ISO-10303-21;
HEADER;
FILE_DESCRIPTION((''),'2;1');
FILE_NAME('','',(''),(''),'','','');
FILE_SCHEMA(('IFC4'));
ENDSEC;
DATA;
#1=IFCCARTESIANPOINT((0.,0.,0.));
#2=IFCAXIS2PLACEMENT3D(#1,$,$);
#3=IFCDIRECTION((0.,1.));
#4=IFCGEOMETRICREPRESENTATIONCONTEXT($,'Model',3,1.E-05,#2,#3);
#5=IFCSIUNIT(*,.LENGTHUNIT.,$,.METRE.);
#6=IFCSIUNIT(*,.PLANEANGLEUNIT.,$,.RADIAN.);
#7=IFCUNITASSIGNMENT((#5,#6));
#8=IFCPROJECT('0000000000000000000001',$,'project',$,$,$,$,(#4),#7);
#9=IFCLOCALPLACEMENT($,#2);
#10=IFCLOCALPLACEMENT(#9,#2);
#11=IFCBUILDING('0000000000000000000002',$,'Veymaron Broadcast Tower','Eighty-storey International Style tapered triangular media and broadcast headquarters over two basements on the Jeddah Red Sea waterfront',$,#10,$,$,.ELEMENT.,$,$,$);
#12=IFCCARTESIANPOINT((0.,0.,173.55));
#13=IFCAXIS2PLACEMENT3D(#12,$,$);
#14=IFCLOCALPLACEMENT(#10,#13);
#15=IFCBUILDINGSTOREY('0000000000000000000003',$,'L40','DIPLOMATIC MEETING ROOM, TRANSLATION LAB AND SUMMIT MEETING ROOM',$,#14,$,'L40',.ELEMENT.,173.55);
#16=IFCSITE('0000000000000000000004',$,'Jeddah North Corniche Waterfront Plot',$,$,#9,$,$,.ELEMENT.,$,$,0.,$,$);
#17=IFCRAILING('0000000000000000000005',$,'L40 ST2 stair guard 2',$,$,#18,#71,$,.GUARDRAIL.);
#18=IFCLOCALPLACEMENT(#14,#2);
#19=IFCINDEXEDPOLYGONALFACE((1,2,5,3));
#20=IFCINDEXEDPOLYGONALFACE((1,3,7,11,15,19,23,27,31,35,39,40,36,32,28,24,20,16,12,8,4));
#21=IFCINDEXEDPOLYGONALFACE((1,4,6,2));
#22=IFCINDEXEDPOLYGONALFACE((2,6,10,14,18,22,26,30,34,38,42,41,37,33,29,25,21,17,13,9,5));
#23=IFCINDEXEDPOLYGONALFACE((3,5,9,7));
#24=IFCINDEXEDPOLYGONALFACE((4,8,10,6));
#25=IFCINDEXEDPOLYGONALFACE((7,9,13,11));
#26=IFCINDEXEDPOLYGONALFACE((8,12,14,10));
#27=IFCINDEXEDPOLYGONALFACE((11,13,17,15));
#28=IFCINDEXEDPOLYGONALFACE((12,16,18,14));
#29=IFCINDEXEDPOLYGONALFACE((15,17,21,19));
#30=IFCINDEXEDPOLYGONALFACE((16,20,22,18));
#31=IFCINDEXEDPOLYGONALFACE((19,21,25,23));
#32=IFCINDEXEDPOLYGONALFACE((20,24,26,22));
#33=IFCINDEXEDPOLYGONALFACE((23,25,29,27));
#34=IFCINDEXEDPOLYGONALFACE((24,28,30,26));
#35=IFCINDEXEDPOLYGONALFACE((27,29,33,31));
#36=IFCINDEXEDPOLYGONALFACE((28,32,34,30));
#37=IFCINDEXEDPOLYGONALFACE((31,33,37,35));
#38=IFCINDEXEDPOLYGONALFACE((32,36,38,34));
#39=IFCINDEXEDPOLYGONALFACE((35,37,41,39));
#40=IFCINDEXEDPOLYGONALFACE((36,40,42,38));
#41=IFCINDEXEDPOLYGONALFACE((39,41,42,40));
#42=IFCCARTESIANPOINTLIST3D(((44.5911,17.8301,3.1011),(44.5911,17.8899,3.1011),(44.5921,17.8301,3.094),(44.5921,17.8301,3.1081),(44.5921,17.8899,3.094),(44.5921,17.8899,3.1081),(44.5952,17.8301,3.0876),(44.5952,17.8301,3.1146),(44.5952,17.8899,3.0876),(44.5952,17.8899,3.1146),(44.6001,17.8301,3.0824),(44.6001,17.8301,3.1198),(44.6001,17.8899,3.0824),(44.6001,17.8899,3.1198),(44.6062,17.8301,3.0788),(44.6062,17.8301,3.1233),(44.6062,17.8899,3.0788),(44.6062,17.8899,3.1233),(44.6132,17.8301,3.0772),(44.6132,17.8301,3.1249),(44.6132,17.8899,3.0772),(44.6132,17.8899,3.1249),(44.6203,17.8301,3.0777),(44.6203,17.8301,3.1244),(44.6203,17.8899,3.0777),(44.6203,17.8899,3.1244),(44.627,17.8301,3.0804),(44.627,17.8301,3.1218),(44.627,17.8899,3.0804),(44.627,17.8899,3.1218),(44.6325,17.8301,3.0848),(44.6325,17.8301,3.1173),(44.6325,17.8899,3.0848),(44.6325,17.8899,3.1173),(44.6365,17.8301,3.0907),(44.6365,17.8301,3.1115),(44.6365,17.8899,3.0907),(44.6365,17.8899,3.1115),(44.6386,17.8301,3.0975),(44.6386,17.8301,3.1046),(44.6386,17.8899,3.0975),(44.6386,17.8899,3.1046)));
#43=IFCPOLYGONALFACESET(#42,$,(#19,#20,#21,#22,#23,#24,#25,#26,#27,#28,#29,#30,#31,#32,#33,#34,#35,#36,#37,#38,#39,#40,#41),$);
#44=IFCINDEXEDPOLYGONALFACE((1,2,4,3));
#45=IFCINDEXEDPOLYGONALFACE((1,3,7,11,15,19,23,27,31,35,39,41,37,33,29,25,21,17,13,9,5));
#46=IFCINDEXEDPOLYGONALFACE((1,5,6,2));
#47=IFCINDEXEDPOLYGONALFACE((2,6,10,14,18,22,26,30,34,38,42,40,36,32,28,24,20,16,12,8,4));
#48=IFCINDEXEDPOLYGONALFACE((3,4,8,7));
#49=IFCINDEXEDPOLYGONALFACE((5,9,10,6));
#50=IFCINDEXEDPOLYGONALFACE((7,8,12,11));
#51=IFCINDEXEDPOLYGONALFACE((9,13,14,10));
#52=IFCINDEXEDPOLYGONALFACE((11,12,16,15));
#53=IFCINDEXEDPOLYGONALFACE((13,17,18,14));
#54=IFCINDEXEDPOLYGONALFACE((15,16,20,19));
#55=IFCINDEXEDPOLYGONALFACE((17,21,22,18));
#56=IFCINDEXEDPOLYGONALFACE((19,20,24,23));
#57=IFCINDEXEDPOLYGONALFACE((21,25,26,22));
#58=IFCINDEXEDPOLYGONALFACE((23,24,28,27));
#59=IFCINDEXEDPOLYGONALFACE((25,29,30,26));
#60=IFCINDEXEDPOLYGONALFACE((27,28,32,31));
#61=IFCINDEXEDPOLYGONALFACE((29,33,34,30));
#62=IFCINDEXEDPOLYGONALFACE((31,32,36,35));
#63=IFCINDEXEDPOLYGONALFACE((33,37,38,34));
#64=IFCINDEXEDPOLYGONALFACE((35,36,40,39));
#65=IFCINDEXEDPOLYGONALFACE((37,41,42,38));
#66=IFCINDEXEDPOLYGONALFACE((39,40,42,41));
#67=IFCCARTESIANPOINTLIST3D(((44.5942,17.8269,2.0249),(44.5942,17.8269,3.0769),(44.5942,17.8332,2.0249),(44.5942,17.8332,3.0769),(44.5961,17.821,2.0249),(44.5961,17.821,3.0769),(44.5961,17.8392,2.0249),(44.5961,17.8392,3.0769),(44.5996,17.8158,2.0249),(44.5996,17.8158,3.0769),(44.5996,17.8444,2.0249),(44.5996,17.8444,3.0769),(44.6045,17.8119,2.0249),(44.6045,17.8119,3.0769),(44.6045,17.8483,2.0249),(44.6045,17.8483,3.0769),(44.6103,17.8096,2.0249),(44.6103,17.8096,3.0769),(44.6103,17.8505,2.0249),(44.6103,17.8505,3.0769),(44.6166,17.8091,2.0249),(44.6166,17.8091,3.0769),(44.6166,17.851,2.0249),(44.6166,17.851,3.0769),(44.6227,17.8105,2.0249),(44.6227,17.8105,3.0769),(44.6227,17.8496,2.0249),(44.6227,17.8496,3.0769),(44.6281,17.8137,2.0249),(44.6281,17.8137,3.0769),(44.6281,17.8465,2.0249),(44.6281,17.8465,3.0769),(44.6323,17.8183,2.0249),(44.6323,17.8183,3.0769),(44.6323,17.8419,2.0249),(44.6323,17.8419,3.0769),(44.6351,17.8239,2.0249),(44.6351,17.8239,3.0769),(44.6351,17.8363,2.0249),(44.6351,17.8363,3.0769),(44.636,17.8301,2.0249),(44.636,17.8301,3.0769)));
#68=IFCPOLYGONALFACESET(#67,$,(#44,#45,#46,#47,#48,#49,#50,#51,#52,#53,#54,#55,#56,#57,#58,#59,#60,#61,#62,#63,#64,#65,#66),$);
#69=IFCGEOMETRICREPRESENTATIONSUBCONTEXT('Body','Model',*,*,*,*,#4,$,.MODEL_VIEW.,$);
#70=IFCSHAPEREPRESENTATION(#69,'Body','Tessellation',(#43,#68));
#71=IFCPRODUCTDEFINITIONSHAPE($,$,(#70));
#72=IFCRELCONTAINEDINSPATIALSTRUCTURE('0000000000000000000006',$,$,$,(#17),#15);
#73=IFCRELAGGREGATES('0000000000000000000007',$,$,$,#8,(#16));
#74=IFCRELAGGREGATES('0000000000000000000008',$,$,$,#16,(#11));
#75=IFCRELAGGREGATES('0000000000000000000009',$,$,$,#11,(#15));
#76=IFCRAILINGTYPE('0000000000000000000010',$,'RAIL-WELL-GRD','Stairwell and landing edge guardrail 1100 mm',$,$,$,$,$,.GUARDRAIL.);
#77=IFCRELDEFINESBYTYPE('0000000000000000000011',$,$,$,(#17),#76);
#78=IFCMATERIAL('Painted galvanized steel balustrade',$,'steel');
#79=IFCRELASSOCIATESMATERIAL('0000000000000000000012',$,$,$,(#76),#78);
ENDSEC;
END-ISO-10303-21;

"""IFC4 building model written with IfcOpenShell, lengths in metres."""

from ifc_helpers import new_model, si_unit, direction, frame, origin, origin_2d, place, context, subcontext, project, spatial, circle, extrude, material, type_object, element, save


model = new_model("IFC4")

# Units and contexts
model_context = context("Model", 3, precision=1e-05, world=origin(), true_north=direction((0.0, 1.0)))
body_context = subcontext(model_context, "Body", "Model", "MODEL_VIEW")
ifc_project = project(units=[si_unit("LENGTHUNIT", "METRE"), si_unit("PLANEANGLEUNIT", "RADIAN")], contexts=[model_context])

# Site, building, storey
site_placement = place(None, origin())
site = spatial("IfcSite", under=ifc_project, at=site_placement, Name="Jeddah North Corniche Waterfront Plot", CompositionType="ELEMENT", RefElevation=0.0)
building_placement = place(site_placement, origin())
building = spatial("IfcBuilding", under=site, at=building_placement, Name="Veymaron Broadcast Tower", Description="Eighty-storey International Style tapered triangular media and broadcast headquarters over two basements on the Jeddah Red Sea waterfront", CompositionType="ELEMENT")
storey_placement = place(building_placement, frame((0.0, 0.0, 173.55)))
storey = spatial("IfcBuildingStorey", under=building, at=storey_placement, Name="L40", Description="DIPLOMATIC MEETING ROOM, TRANSLATION LAB AND SUMMIT MEETING ROOM", LongName="L40", CompositionType="ELEMENT", Elevation=173.55)

# Railing
ifc_material_1 = material(Name="Painted galvanized steel balustrade", Category="steel")
railing_type_1 = type_object("IfcRailingType", Name="RAIL-WELL-GRD", Description="Stairwell and landing edge guardrail 1100 mm", PredefinedType="GUARDRAIL", material=ifc_material_1)
railing_1_placement = place(storey_placement, frame((44.615, 17.8301, 2.0249)))
element("IfcRailing", 1, at=railing_1_placement, inside=storey, type_object=railing_type_1, Name="L40 ST2 stair guard 2", PredefinedType="GUARDRAIL", context=body_context, shape_type="SweptSolid", body=[
    extrude(circle(Radius=0.0239, at=origin_2d()), frame((0.0, 0.0, 1.0762), z_axis=(0.0, 1.0, 0.0), x_axis=(-1.0, 0.0, 0.0)), (0.0, 0.0, 1.0), 0.0598),
    extrude(circle(Radius=0.021, at=origin_2d()), origin(), (0.0, 0.0, 1.0), 1.052),
])

save(model, "model.ifc")
